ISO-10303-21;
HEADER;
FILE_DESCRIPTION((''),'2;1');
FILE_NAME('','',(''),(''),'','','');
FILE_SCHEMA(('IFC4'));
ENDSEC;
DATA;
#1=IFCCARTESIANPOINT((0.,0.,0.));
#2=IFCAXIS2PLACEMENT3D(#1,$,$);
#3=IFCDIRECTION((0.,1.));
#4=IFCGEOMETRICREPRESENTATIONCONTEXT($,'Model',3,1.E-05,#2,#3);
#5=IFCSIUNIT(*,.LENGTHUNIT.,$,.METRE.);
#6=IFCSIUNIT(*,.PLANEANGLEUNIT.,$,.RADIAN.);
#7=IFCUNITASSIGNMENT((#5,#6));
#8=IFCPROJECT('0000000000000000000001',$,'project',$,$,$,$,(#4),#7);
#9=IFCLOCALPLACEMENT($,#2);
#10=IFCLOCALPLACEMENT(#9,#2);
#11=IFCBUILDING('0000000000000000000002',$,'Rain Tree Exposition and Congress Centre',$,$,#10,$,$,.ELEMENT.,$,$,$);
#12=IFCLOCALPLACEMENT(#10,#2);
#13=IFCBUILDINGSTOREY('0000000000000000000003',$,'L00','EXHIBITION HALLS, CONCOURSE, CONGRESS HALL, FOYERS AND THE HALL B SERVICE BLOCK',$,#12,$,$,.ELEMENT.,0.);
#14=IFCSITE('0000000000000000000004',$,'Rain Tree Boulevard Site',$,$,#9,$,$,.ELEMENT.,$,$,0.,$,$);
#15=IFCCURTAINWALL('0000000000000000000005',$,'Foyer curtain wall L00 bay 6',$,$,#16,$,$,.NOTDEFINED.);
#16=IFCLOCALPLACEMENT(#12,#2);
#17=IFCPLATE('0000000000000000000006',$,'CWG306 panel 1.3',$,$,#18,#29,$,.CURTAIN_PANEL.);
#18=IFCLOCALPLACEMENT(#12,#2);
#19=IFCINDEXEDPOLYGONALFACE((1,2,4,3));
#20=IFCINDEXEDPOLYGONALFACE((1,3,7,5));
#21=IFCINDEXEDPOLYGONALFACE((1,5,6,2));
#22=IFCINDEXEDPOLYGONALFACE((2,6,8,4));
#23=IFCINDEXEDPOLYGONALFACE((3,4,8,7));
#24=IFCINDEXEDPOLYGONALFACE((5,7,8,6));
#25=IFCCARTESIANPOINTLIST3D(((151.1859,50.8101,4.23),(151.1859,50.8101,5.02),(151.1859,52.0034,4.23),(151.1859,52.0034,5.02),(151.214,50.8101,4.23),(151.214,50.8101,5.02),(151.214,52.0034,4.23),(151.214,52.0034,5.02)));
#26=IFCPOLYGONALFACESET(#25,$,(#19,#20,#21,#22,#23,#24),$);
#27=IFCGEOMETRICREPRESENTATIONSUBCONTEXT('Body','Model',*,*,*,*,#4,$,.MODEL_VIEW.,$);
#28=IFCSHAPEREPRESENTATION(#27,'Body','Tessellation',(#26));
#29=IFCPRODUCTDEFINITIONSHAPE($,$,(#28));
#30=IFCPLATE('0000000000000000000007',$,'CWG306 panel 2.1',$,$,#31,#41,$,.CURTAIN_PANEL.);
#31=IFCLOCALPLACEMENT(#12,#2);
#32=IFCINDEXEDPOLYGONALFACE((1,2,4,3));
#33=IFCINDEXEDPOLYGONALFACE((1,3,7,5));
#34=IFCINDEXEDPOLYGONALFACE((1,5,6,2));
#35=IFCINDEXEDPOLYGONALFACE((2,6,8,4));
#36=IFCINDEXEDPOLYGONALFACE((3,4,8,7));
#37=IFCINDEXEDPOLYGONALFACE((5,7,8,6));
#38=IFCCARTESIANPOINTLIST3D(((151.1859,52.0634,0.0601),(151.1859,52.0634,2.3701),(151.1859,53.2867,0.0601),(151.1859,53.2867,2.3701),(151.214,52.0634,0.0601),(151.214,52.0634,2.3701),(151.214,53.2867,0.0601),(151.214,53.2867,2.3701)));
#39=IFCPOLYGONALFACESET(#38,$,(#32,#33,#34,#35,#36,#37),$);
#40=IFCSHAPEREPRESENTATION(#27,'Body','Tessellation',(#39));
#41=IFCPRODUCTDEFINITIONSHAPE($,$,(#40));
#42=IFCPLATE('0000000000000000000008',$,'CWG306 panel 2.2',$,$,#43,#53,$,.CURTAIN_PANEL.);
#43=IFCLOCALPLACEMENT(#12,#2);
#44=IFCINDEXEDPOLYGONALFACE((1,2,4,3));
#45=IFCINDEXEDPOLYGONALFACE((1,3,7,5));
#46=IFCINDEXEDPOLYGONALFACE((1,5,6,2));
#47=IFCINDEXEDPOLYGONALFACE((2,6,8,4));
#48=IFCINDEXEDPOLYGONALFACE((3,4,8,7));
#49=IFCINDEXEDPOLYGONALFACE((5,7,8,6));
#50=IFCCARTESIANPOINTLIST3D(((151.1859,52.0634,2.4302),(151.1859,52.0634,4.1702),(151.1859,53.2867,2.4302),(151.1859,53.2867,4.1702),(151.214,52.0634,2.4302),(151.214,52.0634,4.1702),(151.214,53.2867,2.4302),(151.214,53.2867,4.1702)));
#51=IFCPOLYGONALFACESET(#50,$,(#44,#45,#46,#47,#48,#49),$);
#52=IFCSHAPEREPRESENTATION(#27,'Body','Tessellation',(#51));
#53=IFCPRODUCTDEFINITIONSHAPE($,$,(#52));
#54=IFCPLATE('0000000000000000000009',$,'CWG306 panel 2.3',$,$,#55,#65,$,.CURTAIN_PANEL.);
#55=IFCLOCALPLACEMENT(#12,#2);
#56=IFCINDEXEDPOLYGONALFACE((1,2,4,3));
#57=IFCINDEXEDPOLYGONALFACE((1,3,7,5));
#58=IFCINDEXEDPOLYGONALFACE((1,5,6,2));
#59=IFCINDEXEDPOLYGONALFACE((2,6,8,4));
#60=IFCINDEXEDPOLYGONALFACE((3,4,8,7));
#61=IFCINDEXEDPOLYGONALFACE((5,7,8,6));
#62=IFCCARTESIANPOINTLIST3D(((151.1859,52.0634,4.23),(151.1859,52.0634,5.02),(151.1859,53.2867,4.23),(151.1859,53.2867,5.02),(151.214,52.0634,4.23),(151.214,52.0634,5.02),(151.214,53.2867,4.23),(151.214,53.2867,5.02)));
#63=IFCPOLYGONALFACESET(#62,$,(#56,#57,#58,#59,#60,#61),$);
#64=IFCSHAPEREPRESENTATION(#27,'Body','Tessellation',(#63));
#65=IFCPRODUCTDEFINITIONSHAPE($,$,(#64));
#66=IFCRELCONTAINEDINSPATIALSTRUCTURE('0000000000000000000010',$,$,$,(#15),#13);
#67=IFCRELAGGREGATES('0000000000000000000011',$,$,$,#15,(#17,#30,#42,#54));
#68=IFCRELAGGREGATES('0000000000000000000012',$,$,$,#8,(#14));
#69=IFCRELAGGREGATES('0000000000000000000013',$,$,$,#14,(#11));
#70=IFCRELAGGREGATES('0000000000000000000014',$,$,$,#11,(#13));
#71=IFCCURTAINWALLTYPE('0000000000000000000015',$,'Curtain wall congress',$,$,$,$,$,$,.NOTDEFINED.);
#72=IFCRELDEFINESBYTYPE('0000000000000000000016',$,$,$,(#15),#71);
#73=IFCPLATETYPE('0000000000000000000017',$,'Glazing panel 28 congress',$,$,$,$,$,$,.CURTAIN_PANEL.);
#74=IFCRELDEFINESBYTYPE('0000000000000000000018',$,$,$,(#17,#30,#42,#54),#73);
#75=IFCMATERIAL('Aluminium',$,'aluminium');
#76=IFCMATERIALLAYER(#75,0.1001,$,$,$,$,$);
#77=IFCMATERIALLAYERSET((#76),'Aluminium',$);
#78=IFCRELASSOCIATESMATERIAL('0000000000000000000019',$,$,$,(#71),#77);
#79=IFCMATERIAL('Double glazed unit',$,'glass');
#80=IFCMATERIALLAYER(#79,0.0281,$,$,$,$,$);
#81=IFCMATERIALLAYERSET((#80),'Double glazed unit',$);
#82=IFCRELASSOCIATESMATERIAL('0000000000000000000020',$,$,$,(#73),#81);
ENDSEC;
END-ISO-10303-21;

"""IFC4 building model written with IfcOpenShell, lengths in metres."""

from ifc_helpers import new_model, si_unit, direction, frame, origin, origin_2d, place, context, subcontext, project, spatial, rectangle, extrude, material, layer, layer_set, type_object, element, aggregate, save


model = new_model("IFC4")

# Units and contexts
model_context = context("Model", 3, precision=1e-05, world=origin(), true_north=direction((0.0, 1.0)))
body_context = subcontext(model_context, "Body", "Model", "MODEL_VIEW")
ifc_project = project(units=[si_unit("LENGTHUNIT", "METRE"), si_unit("PLANEANGLEUNIT", "RADIAN")], contexts=[model_context])

# Site, building, storey
site_placement = place(None, origin())
site = spatial("IfcSite", under=ifc_project, at=site_placement, Name="Rain Tree Boulevard Site", CompositionType="ELEMENT", RefElevation=0.0)
building_placement = place(site_placement, origin())
building = spatial("IfcBuilding", under=site, at=building_placement, Name="Rain Tree Exposition and Congress Centre", CompositionType="ELEMENT")
storey_placement = place(building_placement, origin())
storey = spatial("IfcBuildingStorey", under=building, at=storey_placement, Name="L00", Description="EXHIBITION HALLS, CONCOURSE, CONGRESS HALL, FOYERS AND THE HALL B SERVICE BLOCK", CompositionType="ELEMENT", Elevation=0.0)

# Curtain wall, plates
ifc_material_1 = material(Name="Aluminium", Category="aluminium")
ifc_layer_1 = layer(ifc_material_1, 0.1001)
ifc_layer_set_1 = layer_set([ifc_layer_1], Name="Aluminium")
curtain_wall_type = type_object("IfcCurtainWallType", Name="Curtain wall congress", PredefinedType="NOTDEFINED", material=ifc_layer_set_1)
curtain_wall_placement = place(storey_placement, origin())
curtain_wall = element("IfcCurtainWall", 1, at=curtain_wall_placement, inside=storey, type_object=curtain_wall_type, Name="Foyer curtain wall L00 bay 6", PredefinedType="NOTDEFINED")
ifc_material_2 = material(Name="Double glazed unit", Category="glass")
ifc_layer_2 = layer(ifc_material_2, 0.0281)
ifc_layer_set_2 = layer_set([ifc_layer_2], Name="Double glazed unit")
plate_type = type_object("IfcPlateType", Name="Glazing panel 28 congress", PredefinedType="CURTAIN_PANEL", material=ifc_layer_set_2)
plate_1_placement = place(storey_placement, frame((151.2, 51.4067, 4.23), z_axis=(0.0, 0.0, 1.0), x_axis=(0.0, 1.0, 0.0)))
plate_1 = element("IfcPlate", 2, at=plate_1_placement, type_object=plate_type, Name="CWG306 panel 1.3", PredefinedType="CURTAIN_PANEL", context=body_context, shape_type="SweptSolid", body=[
    extrude(rectangle(XDim=1.1934, YDim=0.0281, at=origin_2d()), origin(), (0.0, 0.0, 1.0), 0.79),
])
plate_2_placement = place(storey_placement, frame((151.2, 52.675, 0.0601), z_axis=(0.0, 0.0, 1.0), x_axis=(0.0, 1.0, 0.0)))
plate_2 = element("IfcPlate", 3, at=plate_2_placement, type_object=plate_type, Name="CWG306 panel 2.1", PredefinedType="CURTAIN_PANEL", context=body_context, shape_type="SweptSolid", body=[
    extrude(rectangle(XDim=1.2234, YDim=0.0281, at=origin_2d()), origin(), (0.0, 0.0, 1.0), 2.3101),
])
plate_3_placement = place(storey_placement, frame((151.2, 52.675, 2.4302), z_axis=(0.0, 0.0, 1.0), x_axis=(0.0, 1.0, 0.0)))
plate_3 = element("IfcPlate", 4, at=plate_3_placement, type_object=plate_type, Name="CWG306 panel 2.2", PredefinedType="CURTAIN_PANEL", context=body_context, shape_type="SweptSolid", body=[
    extrude(rectangle(XDim=1.2234, YDim=0.0281, at=origin_2d()), origin(), (0.0, 0.0, 1.0), 1.74),
])
plate_4_placement = place(storey_placement, frame((151.2, 52.675, 4.23), z_axis=(0.0, 0.0, 1.0), x_axis=(0.0, 1.0, 0.0)))
plate_4 = element("IfcPlate", 5, at=plate_4_placement, type_object=plate_type, Name="CWG306 panel 2.3", PredefinedType="CURTAIN_PANEL", context=body_context, shape_type="SweptSolid", body=[
    extrude(rectangle(XDim=1.2234, YDim=0.0281, at=origin_2d()), origin(), (0.0, 0.0, 1.0), 0.79),
])
aggregate(curtain_wall, [plate_1, plate_2, plate_3, plate_4])

save(model, "model.ifc")
